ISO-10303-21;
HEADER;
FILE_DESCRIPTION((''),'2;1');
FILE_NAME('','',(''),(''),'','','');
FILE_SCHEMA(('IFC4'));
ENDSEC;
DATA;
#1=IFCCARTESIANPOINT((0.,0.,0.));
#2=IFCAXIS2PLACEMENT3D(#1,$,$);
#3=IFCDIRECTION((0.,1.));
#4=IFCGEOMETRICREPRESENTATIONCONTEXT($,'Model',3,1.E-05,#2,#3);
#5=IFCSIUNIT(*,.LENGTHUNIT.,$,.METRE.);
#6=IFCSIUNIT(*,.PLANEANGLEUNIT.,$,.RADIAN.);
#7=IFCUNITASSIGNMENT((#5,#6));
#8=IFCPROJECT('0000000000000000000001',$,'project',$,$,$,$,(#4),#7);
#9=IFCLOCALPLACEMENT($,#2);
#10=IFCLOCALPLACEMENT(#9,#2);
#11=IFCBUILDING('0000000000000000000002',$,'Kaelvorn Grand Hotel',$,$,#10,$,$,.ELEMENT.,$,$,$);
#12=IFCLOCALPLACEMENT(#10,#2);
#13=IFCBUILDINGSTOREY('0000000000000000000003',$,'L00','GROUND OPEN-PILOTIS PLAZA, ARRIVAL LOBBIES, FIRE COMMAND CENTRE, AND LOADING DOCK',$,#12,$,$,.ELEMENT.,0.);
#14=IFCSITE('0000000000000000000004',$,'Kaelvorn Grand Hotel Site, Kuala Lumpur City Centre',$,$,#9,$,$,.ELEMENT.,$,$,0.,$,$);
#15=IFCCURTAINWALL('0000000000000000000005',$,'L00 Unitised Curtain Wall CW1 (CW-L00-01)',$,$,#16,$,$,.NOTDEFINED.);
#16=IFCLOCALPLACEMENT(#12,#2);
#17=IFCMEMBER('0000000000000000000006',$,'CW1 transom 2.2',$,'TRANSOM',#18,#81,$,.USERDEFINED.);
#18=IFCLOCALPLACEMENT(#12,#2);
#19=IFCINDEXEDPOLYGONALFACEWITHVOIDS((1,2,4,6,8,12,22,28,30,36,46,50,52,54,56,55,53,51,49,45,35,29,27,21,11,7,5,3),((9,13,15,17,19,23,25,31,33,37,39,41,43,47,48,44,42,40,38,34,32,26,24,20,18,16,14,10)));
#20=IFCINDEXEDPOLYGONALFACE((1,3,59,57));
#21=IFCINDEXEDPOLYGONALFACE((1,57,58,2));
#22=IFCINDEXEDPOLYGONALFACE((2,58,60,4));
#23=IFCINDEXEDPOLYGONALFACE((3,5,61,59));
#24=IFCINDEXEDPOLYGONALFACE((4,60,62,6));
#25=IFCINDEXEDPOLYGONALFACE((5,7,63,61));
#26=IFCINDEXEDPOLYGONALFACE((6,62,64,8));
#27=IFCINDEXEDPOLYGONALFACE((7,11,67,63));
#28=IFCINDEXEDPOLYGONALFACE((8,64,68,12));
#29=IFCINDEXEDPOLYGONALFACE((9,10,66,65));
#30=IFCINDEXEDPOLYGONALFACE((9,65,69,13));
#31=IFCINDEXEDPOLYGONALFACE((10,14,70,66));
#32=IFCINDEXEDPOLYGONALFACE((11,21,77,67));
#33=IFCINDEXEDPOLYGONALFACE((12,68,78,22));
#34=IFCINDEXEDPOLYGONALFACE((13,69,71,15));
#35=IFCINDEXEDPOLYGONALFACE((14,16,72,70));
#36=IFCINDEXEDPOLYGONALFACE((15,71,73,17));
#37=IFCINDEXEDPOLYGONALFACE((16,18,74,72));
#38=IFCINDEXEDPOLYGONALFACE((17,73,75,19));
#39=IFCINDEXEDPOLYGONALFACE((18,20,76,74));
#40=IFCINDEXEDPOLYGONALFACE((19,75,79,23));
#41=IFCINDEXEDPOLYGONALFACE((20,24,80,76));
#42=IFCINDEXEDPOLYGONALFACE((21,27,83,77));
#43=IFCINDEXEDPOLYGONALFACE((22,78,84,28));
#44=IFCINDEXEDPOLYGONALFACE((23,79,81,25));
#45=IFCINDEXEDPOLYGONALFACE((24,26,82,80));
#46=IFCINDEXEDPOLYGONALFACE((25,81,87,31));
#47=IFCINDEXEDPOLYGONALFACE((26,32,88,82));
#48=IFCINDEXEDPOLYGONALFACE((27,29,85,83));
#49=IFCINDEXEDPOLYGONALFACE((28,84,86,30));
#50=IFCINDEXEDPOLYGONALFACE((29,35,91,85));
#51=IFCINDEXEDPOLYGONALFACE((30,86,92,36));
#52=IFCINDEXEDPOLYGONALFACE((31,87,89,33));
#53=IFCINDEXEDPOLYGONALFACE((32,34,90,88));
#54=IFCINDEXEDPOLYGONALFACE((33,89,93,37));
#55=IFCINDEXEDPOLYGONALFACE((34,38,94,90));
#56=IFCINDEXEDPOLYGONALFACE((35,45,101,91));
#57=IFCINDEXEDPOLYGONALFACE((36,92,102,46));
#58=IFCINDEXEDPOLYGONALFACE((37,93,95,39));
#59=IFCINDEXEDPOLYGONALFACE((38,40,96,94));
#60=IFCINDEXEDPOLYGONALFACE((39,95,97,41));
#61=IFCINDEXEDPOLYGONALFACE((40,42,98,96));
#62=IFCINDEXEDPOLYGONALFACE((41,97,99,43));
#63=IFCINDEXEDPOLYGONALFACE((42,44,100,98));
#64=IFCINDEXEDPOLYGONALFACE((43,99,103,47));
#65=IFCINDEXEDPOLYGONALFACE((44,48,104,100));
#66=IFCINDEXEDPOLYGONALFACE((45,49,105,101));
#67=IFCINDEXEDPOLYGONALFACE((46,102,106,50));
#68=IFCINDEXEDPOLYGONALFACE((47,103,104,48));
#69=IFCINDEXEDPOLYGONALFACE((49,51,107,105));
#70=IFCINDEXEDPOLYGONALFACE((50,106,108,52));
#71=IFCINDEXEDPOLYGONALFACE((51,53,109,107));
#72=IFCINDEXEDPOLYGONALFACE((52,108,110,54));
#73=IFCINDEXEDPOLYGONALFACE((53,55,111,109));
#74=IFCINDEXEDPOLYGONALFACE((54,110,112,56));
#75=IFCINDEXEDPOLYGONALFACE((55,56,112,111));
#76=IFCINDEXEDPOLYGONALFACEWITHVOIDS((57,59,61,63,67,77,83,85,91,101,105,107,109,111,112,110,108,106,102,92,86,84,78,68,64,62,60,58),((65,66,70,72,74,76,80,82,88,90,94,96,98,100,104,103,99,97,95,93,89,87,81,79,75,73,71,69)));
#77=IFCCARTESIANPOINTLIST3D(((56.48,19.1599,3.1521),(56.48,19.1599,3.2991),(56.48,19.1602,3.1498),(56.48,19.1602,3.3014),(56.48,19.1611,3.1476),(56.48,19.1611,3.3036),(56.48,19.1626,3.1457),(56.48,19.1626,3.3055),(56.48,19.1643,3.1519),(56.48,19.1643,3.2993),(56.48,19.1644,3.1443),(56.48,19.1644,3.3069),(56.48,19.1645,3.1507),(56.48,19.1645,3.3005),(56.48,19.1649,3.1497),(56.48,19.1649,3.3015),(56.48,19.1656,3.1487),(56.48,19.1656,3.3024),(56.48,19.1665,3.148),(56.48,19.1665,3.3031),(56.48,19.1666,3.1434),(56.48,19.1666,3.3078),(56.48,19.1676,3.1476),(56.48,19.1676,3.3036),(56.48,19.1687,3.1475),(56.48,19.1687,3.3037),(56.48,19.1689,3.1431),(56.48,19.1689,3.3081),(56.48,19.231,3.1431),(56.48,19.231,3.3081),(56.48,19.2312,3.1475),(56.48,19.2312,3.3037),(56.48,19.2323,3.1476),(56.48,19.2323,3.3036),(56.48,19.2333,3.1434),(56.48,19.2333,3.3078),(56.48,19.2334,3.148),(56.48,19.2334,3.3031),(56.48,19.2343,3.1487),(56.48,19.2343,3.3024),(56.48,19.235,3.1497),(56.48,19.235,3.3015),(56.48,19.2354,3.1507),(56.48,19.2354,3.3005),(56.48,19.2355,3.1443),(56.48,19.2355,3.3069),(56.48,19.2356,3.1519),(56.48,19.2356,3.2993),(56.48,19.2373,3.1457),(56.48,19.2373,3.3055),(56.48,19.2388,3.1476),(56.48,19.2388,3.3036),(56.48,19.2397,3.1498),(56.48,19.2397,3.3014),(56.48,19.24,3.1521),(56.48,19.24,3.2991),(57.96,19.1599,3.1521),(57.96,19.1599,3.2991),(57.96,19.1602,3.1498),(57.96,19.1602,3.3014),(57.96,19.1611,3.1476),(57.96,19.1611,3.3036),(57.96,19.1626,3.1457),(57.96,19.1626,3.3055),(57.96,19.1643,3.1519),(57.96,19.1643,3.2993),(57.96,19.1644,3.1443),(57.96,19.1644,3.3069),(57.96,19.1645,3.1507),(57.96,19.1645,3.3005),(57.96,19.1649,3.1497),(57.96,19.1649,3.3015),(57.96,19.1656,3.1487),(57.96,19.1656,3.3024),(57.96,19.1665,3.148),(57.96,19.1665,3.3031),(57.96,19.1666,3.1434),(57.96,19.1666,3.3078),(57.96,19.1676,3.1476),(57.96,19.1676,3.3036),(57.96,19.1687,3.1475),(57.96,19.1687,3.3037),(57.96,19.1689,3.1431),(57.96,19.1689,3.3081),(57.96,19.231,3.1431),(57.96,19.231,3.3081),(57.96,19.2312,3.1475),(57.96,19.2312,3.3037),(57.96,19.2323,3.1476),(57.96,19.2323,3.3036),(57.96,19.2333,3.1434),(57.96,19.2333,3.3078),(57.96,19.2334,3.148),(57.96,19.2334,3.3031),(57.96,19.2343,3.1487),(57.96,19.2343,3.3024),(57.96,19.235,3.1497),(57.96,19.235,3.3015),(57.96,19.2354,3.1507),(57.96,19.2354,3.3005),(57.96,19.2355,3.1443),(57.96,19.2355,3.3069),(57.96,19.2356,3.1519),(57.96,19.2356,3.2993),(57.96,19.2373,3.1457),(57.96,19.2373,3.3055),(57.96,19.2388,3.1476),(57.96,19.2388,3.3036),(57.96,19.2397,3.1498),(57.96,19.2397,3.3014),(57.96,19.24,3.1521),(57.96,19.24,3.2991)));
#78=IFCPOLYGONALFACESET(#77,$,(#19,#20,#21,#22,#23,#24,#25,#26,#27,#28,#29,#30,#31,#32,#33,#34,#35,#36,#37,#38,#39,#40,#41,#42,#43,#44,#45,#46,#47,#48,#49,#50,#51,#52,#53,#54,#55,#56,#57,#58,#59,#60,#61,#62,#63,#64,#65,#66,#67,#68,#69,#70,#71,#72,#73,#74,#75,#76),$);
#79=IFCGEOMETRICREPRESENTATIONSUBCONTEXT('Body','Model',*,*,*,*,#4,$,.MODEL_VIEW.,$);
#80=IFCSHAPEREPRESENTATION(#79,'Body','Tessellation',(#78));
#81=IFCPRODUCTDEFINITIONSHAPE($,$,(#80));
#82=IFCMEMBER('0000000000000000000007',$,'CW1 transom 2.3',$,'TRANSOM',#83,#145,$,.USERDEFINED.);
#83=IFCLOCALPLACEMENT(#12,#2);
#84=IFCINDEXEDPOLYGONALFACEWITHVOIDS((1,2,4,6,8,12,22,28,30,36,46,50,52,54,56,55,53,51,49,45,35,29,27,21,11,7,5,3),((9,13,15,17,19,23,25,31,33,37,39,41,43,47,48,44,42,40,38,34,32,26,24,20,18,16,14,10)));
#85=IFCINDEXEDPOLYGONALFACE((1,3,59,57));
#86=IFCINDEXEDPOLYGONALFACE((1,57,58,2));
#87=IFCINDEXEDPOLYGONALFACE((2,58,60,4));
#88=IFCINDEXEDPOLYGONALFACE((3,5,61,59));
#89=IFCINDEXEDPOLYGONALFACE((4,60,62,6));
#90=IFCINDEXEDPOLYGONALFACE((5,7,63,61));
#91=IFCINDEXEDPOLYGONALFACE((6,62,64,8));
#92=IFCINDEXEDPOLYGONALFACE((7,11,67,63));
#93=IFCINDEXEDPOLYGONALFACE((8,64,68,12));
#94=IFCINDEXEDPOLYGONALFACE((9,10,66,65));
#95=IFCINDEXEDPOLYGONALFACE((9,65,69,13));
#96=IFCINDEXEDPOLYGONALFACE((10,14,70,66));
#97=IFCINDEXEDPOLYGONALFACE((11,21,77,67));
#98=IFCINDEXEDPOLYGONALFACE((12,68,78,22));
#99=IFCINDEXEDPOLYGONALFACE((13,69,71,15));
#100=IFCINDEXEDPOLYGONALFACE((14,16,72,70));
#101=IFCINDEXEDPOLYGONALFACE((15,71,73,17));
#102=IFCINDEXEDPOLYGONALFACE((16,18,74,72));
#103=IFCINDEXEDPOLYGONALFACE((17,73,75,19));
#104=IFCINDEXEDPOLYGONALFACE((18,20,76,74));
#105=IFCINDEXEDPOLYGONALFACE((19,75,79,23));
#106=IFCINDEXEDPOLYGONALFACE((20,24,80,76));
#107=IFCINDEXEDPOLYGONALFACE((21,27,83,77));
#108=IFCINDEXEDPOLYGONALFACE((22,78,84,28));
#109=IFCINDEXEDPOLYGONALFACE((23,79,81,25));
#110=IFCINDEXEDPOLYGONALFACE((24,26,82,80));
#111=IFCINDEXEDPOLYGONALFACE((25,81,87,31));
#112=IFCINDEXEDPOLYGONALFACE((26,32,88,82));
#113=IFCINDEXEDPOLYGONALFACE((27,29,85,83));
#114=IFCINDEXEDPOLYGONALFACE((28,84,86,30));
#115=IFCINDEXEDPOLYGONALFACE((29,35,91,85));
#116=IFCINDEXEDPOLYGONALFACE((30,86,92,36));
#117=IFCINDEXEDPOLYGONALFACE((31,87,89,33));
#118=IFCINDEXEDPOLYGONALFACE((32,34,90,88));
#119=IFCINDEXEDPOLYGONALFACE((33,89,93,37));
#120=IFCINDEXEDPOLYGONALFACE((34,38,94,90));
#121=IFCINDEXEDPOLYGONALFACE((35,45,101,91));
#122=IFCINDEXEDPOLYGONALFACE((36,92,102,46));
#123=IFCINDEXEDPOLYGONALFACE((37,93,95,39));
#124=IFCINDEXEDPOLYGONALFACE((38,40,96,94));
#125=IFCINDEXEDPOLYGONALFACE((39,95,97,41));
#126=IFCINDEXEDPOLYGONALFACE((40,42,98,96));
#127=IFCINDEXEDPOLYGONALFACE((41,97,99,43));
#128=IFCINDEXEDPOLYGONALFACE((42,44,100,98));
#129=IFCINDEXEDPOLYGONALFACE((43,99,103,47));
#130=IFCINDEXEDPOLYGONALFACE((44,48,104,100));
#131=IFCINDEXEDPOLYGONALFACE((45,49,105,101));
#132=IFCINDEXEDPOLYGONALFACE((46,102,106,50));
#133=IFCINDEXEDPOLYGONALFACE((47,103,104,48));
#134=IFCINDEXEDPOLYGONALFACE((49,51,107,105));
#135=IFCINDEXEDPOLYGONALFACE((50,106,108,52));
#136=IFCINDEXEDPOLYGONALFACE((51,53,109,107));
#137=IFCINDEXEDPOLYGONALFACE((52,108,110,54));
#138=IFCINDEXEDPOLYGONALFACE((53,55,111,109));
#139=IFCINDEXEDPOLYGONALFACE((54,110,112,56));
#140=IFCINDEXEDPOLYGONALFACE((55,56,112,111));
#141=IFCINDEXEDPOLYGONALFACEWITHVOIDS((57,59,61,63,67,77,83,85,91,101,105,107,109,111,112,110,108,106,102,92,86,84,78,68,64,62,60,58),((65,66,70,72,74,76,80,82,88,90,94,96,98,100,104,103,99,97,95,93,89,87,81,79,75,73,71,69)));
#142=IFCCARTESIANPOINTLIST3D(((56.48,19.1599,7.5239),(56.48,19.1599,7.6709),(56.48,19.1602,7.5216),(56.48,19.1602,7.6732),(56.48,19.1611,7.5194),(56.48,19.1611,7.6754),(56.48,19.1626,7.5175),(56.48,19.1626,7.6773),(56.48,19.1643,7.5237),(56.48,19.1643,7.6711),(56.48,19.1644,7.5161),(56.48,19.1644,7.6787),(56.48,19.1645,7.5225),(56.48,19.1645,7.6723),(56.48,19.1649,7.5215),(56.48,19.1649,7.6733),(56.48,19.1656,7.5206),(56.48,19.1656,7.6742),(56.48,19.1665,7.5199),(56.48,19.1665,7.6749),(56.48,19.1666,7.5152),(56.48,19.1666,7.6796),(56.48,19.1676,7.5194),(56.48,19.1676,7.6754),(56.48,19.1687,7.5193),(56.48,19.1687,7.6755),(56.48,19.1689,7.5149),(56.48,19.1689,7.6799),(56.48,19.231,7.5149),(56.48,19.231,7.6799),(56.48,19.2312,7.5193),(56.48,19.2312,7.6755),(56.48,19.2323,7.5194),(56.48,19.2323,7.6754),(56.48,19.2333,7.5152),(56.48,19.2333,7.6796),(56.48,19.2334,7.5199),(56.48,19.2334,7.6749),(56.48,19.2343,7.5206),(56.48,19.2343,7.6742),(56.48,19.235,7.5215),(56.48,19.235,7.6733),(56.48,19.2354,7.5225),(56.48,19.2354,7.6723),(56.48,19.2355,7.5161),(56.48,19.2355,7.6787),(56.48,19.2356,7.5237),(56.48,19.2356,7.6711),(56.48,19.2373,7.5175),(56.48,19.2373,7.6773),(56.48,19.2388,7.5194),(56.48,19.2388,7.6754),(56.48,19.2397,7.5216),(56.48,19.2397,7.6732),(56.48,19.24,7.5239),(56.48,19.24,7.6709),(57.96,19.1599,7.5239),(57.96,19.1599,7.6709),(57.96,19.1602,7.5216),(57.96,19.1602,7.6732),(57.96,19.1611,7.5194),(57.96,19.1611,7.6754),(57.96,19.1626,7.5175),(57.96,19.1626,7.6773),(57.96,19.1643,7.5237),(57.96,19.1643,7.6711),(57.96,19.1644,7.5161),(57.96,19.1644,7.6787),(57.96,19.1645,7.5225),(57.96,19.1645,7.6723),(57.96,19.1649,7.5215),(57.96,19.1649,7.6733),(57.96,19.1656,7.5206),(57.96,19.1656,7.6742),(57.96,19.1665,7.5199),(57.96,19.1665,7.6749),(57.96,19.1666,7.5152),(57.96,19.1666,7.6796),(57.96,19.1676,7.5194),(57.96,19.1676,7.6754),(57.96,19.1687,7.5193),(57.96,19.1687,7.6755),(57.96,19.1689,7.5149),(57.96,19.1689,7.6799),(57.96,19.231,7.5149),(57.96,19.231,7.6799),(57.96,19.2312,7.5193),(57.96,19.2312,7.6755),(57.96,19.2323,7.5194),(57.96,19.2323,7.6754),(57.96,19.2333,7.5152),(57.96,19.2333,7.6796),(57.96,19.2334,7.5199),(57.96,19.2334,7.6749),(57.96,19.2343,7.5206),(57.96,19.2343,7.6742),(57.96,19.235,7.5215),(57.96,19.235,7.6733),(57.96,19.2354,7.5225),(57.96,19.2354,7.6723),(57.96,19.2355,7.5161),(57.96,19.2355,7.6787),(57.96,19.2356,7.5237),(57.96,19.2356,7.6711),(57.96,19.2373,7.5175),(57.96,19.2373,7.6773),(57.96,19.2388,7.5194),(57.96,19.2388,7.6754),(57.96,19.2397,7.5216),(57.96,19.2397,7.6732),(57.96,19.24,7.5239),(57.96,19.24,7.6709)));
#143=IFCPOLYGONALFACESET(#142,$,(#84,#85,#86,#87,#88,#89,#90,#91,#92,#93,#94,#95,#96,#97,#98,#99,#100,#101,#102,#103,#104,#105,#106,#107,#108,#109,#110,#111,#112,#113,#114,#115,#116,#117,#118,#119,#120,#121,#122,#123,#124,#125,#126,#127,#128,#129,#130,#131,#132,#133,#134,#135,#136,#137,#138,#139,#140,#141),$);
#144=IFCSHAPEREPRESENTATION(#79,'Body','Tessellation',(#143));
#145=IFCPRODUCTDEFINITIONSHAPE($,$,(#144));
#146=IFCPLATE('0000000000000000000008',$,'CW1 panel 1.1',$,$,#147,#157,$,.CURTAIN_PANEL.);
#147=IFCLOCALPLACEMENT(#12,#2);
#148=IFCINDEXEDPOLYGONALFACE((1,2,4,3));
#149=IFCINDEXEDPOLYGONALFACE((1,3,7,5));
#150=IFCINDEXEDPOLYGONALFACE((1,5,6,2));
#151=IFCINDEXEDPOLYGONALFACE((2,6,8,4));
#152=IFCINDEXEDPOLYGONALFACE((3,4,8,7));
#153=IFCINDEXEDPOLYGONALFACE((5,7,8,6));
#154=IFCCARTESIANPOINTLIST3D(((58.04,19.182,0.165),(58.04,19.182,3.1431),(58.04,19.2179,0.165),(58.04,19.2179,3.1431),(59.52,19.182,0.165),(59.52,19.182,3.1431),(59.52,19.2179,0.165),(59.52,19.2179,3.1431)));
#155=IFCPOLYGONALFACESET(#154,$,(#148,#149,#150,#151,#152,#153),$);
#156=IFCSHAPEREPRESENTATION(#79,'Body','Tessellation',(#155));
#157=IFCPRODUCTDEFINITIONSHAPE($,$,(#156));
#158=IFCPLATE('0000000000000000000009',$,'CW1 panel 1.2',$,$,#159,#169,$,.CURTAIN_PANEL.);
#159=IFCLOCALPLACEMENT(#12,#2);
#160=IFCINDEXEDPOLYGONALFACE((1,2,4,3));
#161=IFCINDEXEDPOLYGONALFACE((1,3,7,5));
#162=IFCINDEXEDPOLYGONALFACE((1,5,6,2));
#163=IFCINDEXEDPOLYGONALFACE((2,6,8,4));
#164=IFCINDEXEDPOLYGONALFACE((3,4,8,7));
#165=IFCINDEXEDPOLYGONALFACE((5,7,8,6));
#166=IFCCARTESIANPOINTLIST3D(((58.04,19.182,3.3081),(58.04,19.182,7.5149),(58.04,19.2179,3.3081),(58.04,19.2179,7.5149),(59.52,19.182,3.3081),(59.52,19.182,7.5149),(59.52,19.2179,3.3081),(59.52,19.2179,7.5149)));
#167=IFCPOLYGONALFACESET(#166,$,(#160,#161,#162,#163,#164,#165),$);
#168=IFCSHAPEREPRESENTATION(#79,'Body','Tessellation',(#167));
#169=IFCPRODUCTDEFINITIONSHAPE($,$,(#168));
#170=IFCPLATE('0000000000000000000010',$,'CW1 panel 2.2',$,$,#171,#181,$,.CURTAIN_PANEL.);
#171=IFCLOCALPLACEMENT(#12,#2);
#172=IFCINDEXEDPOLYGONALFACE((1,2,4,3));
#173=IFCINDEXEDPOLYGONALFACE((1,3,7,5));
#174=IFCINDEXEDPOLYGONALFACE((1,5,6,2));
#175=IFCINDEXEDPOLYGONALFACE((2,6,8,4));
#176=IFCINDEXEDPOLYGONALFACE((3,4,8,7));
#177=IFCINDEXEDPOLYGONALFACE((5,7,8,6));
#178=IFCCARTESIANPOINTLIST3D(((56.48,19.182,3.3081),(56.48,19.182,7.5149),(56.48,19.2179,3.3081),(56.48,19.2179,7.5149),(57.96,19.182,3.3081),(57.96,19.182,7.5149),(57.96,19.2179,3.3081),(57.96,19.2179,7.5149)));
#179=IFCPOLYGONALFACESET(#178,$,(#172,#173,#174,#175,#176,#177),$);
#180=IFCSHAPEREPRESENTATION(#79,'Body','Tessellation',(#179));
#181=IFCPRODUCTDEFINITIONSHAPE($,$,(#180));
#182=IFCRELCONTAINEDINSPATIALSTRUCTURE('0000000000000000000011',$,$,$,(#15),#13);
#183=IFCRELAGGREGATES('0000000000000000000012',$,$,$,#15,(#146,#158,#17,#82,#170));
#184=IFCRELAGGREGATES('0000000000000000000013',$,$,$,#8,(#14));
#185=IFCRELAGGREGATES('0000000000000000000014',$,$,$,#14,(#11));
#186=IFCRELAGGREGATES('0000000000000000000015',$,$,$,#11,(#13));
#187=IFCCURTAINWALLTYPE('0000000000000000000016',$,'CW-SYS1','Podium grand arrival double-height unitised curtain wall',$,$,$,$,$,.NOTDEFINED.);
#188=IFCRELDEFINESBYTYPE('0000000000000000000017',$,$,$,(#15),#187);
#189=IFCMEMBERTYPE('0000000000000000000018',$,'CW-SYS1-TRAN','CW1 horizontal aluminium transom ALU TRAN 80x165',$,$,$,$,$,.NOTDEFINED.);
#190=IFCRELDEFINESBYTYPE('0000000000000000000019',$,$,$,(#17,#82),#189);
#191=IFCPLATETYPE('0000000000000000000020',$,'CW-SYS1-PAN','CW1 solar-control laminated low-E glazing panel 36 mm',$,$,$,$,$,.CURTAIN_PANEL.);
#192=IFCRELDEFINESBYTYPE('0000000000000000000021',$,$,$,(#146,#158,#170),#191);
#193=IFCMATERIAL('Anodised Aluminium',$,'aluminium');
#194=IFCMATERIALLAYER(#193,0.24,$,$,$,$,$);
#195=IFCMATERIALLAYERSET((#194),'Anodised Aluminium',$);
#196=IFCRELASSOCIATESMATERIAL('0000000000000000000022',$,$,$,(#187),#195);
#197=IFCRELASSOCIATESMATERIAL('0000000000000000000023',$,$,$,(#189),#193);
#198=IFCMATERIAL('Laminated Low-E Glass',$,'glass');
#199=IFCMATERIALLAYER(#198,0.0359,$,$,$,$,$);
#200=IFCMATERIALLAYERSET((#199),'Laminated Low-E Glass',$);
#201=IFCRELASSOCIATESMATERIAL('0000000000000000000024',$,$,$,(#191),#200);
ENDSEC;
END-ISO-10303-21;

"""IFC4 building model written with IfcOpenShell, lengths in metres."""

from ifc_helpers import new_model, si_unit, direction, frame, origin, origin_2d, place, context, subcontext, project, spatial, rectangle, hollow_rectangle, extrude, material, layer, layer_set, material_profile, profile_set, type_object, element, aggregate, save


model = new_model("IFC4")

# Units and contexts
model_context = context("Model", 3, precision=1e-05, world=origin(), true_north=direction((0.0, 1.0)))
body_context = subcontext(model_context, "Body", "Model", "MODEL_VIEW")
ifc_project = project(units=[si_unit("LENGTHUNIT", "METRE"), si_unit("PLANEANGLEUNIT", "RADIAN")], contexts=[model_context])

# Site, building, storey
site_placement = place(None, origin())
site = spatial("IfcSite", under=ifc_project, at=site_placement, Name="Kaelvorn Grand Hotel Site, Kuala Lumpur City Centre", CompositionType="ELEMENT", RefElevation=0.0)
building_placement = place(site_placement, origin())
building = spatial("IfcBuilding", under=site, at=building_placement, Name="Kaelvorn Grand Hotel", CompositionType="ELEMENT")
storey_placement = place(building_placement, origin())
storey = spatial("IfcBuildingStorey", under=building, at=storey_placement, Name="L00", Description="GROUND OPEN-PILOTIS PLAZA, ARRIVAL LOBBIES, FIRE COMMAND CENTRE, AND LOADING DOCK", CompositionType="ELEMENT", Elevation=0.0)

# Curtain wall, members, plates
ifc_material_1 = material(Name="Anodised Aluminium", Category="aluminium")
ifc_layer_1 = layer(ifc_material_1, 0.24)
ifc_layer_set_1 = layer_set([ifc_layer_1], Name="Anodised Aluminium")
curtain_wall_type = type_object("IfcCurtainWallType", Name="CW-SYS1", Description="Podium grand arrival double-height unitised curtain wall", PredefinedType="NOTDEFINED", material=ifc_layer_set_1)
curtain_wall_placement = place(storey_placement, origin())
curtain_wall = element("IfcCurtainWall", 1, at=curtain_wall_placement, inside=storey, type_object=curtain_wall_type, Name="L00 Unitised Curtain Wall CW1 (CW-L00-01)", PredefinedType="NOTDEFINED")
ifc_material_profile_1 = material_profile(ifc_material_1, hollow_rectangle(XDim=0.0801, YDim=0.165, WallThickness=0.0044, InnerFilletRadius=0.0044, OuterFilletRadius=0.009, at=origin_2d()), Name="ALU TRAN 80x165")
ifc_profile_set_1 = profile_set([ifc_material_profile_1], Name="Anodised Aluminium")
member_type_1 = type_object("IfcMemberType", Name="CW-SYS1-TRAN", Description="CW1 horizontal aluminium transom ALU TRAN 80x165", PredefinedType="NOTDEFINED", material=ifc_profile_set_1)
member_1_placement = place(storey_placement, frame((57.96, 19.2, 3.2256), z_axis=(-1.0, 0.0, 0.0), x_axis=(0.0, -1.0, 0.0)))
member_1 = element("IfcMember", 2, at=member_1_placement, type_object=member_type_1, Name="CW1 transom 2.2", ObjectType="TRANSOM", PredefinedType="USERDEFINED", context=body_context, shape_type="SweptSolid", body=[
    extrude(hollow_rectangle(XDim=0.0801, YDim=0.165, WallThickness=0.0044, InnerFilletRadius=0.0044, OuterFilletRadius=0.009, at=origin_2d()), origin(), (0.0, 0.0, 1.0), 1.48),
])
member_2_placement = place(storey_placement, frame((57.96, 19.2, 7.5974), z_axis=(-1.0, 0.0, 0.0), x_axis=(0.0, -1.0, 0.0)))
member_2 = element("IfcMember", 3, at=member_2_placement, type_object=member_type_1, Name="CW1 transom 2.3", ObjectType="TRANSOM", PredefinedType="USERDEFINED", context=body_context, shape_type="SweptSolid", body=[
    extrude(hollow_rectangle(XDim=0.0801, YDim=0.165, WallThickness=0.0044, InnerFilletRadius=0.0044, OuterFilletRadius=0.009, at=origin_2d()), origin(), (0.0, 0.0, 1.0), 1.48),
])
ifc_material_2 = material(Name="Laminated Low-E Glass", Category="glass")
ifc_layer_2 = layer(ifc_material_2, 0.0359)
ifc_layer_set_2 = layer_set([ifc_layer_2], Name="Laminated Low-E Glass")
plate_type = type_object("IfcPlateType", Name="CW-SYS1-PAN", Description="CW1 solar-control laminated low-E glazing panel 36 mm", PredefinedType="CURTAIN_PANEL", material=ifc_layer_set_2)
plate_1_placement = place(storey_placement, frame((58.78, 19.2, 0.165), z_axis=(0.0, 0.0, 1.0), x_axis=(-1.0, 0.0, 0.0)))
plate_1 = element("IfcPlate", 4, at=plate_1_placement, type_object=plate_type, Name="CW1 panel 1.1", PredefinedType="CURTAIN_PANEL", context=body_context, shape_type="SweptSolid", body=[
    extrude(rectangle(XDim=1.48, YDim=0.0359, at=origin_2d()), origin(), (0.0, 0.0, 1.0), 2.978),
])
plate_2_placement = place(storey_placement, frame((58.78, 19.2, 3.3081), z_axis=(0.0, 0.0, 1.0), x_axis=(-1.0, 0.0, 0.0)))
plate_2 = element("IfcPlate", 5, at=plate_2_placement, type_object=plate_type, Name="CW1 panel 1.2", PredefinedType="CURTAIN_PANEL", context=body_context, shape_type="SweptSolid", body=[
    extrude(rectangle(XDim=1.48, YDim=0.0359, at=origin_2d()), origin(), (0.0, 0.0, 1.0), 4.2068),
])
plate_3_placement = place(storey_placement, frame((57.22, 19.2, 3.3081), z_axis=(0.0, 0.0, 1.0), x_axis=(-1.0, 0.0, 0.0)))
plate_3 = element("IfcPlate", 6, at=plate_3_placement, type_object=plate_type, Name="CW1 panel 2.2", PredefinedType="CURTAIN_PANEL", context=body_context, shape_type="SweptSolid", body=[
    extrude(rectangle(XDim=1.48, YDim=0.0359, at=origin_2d()), origin(), (0.0, 0.0, 1.0), 4.2068),
])
aggregate(curtain_wall, [plate_1, plate_2, member_1, member_2, plate_3])

save(model, "model.ifc")
